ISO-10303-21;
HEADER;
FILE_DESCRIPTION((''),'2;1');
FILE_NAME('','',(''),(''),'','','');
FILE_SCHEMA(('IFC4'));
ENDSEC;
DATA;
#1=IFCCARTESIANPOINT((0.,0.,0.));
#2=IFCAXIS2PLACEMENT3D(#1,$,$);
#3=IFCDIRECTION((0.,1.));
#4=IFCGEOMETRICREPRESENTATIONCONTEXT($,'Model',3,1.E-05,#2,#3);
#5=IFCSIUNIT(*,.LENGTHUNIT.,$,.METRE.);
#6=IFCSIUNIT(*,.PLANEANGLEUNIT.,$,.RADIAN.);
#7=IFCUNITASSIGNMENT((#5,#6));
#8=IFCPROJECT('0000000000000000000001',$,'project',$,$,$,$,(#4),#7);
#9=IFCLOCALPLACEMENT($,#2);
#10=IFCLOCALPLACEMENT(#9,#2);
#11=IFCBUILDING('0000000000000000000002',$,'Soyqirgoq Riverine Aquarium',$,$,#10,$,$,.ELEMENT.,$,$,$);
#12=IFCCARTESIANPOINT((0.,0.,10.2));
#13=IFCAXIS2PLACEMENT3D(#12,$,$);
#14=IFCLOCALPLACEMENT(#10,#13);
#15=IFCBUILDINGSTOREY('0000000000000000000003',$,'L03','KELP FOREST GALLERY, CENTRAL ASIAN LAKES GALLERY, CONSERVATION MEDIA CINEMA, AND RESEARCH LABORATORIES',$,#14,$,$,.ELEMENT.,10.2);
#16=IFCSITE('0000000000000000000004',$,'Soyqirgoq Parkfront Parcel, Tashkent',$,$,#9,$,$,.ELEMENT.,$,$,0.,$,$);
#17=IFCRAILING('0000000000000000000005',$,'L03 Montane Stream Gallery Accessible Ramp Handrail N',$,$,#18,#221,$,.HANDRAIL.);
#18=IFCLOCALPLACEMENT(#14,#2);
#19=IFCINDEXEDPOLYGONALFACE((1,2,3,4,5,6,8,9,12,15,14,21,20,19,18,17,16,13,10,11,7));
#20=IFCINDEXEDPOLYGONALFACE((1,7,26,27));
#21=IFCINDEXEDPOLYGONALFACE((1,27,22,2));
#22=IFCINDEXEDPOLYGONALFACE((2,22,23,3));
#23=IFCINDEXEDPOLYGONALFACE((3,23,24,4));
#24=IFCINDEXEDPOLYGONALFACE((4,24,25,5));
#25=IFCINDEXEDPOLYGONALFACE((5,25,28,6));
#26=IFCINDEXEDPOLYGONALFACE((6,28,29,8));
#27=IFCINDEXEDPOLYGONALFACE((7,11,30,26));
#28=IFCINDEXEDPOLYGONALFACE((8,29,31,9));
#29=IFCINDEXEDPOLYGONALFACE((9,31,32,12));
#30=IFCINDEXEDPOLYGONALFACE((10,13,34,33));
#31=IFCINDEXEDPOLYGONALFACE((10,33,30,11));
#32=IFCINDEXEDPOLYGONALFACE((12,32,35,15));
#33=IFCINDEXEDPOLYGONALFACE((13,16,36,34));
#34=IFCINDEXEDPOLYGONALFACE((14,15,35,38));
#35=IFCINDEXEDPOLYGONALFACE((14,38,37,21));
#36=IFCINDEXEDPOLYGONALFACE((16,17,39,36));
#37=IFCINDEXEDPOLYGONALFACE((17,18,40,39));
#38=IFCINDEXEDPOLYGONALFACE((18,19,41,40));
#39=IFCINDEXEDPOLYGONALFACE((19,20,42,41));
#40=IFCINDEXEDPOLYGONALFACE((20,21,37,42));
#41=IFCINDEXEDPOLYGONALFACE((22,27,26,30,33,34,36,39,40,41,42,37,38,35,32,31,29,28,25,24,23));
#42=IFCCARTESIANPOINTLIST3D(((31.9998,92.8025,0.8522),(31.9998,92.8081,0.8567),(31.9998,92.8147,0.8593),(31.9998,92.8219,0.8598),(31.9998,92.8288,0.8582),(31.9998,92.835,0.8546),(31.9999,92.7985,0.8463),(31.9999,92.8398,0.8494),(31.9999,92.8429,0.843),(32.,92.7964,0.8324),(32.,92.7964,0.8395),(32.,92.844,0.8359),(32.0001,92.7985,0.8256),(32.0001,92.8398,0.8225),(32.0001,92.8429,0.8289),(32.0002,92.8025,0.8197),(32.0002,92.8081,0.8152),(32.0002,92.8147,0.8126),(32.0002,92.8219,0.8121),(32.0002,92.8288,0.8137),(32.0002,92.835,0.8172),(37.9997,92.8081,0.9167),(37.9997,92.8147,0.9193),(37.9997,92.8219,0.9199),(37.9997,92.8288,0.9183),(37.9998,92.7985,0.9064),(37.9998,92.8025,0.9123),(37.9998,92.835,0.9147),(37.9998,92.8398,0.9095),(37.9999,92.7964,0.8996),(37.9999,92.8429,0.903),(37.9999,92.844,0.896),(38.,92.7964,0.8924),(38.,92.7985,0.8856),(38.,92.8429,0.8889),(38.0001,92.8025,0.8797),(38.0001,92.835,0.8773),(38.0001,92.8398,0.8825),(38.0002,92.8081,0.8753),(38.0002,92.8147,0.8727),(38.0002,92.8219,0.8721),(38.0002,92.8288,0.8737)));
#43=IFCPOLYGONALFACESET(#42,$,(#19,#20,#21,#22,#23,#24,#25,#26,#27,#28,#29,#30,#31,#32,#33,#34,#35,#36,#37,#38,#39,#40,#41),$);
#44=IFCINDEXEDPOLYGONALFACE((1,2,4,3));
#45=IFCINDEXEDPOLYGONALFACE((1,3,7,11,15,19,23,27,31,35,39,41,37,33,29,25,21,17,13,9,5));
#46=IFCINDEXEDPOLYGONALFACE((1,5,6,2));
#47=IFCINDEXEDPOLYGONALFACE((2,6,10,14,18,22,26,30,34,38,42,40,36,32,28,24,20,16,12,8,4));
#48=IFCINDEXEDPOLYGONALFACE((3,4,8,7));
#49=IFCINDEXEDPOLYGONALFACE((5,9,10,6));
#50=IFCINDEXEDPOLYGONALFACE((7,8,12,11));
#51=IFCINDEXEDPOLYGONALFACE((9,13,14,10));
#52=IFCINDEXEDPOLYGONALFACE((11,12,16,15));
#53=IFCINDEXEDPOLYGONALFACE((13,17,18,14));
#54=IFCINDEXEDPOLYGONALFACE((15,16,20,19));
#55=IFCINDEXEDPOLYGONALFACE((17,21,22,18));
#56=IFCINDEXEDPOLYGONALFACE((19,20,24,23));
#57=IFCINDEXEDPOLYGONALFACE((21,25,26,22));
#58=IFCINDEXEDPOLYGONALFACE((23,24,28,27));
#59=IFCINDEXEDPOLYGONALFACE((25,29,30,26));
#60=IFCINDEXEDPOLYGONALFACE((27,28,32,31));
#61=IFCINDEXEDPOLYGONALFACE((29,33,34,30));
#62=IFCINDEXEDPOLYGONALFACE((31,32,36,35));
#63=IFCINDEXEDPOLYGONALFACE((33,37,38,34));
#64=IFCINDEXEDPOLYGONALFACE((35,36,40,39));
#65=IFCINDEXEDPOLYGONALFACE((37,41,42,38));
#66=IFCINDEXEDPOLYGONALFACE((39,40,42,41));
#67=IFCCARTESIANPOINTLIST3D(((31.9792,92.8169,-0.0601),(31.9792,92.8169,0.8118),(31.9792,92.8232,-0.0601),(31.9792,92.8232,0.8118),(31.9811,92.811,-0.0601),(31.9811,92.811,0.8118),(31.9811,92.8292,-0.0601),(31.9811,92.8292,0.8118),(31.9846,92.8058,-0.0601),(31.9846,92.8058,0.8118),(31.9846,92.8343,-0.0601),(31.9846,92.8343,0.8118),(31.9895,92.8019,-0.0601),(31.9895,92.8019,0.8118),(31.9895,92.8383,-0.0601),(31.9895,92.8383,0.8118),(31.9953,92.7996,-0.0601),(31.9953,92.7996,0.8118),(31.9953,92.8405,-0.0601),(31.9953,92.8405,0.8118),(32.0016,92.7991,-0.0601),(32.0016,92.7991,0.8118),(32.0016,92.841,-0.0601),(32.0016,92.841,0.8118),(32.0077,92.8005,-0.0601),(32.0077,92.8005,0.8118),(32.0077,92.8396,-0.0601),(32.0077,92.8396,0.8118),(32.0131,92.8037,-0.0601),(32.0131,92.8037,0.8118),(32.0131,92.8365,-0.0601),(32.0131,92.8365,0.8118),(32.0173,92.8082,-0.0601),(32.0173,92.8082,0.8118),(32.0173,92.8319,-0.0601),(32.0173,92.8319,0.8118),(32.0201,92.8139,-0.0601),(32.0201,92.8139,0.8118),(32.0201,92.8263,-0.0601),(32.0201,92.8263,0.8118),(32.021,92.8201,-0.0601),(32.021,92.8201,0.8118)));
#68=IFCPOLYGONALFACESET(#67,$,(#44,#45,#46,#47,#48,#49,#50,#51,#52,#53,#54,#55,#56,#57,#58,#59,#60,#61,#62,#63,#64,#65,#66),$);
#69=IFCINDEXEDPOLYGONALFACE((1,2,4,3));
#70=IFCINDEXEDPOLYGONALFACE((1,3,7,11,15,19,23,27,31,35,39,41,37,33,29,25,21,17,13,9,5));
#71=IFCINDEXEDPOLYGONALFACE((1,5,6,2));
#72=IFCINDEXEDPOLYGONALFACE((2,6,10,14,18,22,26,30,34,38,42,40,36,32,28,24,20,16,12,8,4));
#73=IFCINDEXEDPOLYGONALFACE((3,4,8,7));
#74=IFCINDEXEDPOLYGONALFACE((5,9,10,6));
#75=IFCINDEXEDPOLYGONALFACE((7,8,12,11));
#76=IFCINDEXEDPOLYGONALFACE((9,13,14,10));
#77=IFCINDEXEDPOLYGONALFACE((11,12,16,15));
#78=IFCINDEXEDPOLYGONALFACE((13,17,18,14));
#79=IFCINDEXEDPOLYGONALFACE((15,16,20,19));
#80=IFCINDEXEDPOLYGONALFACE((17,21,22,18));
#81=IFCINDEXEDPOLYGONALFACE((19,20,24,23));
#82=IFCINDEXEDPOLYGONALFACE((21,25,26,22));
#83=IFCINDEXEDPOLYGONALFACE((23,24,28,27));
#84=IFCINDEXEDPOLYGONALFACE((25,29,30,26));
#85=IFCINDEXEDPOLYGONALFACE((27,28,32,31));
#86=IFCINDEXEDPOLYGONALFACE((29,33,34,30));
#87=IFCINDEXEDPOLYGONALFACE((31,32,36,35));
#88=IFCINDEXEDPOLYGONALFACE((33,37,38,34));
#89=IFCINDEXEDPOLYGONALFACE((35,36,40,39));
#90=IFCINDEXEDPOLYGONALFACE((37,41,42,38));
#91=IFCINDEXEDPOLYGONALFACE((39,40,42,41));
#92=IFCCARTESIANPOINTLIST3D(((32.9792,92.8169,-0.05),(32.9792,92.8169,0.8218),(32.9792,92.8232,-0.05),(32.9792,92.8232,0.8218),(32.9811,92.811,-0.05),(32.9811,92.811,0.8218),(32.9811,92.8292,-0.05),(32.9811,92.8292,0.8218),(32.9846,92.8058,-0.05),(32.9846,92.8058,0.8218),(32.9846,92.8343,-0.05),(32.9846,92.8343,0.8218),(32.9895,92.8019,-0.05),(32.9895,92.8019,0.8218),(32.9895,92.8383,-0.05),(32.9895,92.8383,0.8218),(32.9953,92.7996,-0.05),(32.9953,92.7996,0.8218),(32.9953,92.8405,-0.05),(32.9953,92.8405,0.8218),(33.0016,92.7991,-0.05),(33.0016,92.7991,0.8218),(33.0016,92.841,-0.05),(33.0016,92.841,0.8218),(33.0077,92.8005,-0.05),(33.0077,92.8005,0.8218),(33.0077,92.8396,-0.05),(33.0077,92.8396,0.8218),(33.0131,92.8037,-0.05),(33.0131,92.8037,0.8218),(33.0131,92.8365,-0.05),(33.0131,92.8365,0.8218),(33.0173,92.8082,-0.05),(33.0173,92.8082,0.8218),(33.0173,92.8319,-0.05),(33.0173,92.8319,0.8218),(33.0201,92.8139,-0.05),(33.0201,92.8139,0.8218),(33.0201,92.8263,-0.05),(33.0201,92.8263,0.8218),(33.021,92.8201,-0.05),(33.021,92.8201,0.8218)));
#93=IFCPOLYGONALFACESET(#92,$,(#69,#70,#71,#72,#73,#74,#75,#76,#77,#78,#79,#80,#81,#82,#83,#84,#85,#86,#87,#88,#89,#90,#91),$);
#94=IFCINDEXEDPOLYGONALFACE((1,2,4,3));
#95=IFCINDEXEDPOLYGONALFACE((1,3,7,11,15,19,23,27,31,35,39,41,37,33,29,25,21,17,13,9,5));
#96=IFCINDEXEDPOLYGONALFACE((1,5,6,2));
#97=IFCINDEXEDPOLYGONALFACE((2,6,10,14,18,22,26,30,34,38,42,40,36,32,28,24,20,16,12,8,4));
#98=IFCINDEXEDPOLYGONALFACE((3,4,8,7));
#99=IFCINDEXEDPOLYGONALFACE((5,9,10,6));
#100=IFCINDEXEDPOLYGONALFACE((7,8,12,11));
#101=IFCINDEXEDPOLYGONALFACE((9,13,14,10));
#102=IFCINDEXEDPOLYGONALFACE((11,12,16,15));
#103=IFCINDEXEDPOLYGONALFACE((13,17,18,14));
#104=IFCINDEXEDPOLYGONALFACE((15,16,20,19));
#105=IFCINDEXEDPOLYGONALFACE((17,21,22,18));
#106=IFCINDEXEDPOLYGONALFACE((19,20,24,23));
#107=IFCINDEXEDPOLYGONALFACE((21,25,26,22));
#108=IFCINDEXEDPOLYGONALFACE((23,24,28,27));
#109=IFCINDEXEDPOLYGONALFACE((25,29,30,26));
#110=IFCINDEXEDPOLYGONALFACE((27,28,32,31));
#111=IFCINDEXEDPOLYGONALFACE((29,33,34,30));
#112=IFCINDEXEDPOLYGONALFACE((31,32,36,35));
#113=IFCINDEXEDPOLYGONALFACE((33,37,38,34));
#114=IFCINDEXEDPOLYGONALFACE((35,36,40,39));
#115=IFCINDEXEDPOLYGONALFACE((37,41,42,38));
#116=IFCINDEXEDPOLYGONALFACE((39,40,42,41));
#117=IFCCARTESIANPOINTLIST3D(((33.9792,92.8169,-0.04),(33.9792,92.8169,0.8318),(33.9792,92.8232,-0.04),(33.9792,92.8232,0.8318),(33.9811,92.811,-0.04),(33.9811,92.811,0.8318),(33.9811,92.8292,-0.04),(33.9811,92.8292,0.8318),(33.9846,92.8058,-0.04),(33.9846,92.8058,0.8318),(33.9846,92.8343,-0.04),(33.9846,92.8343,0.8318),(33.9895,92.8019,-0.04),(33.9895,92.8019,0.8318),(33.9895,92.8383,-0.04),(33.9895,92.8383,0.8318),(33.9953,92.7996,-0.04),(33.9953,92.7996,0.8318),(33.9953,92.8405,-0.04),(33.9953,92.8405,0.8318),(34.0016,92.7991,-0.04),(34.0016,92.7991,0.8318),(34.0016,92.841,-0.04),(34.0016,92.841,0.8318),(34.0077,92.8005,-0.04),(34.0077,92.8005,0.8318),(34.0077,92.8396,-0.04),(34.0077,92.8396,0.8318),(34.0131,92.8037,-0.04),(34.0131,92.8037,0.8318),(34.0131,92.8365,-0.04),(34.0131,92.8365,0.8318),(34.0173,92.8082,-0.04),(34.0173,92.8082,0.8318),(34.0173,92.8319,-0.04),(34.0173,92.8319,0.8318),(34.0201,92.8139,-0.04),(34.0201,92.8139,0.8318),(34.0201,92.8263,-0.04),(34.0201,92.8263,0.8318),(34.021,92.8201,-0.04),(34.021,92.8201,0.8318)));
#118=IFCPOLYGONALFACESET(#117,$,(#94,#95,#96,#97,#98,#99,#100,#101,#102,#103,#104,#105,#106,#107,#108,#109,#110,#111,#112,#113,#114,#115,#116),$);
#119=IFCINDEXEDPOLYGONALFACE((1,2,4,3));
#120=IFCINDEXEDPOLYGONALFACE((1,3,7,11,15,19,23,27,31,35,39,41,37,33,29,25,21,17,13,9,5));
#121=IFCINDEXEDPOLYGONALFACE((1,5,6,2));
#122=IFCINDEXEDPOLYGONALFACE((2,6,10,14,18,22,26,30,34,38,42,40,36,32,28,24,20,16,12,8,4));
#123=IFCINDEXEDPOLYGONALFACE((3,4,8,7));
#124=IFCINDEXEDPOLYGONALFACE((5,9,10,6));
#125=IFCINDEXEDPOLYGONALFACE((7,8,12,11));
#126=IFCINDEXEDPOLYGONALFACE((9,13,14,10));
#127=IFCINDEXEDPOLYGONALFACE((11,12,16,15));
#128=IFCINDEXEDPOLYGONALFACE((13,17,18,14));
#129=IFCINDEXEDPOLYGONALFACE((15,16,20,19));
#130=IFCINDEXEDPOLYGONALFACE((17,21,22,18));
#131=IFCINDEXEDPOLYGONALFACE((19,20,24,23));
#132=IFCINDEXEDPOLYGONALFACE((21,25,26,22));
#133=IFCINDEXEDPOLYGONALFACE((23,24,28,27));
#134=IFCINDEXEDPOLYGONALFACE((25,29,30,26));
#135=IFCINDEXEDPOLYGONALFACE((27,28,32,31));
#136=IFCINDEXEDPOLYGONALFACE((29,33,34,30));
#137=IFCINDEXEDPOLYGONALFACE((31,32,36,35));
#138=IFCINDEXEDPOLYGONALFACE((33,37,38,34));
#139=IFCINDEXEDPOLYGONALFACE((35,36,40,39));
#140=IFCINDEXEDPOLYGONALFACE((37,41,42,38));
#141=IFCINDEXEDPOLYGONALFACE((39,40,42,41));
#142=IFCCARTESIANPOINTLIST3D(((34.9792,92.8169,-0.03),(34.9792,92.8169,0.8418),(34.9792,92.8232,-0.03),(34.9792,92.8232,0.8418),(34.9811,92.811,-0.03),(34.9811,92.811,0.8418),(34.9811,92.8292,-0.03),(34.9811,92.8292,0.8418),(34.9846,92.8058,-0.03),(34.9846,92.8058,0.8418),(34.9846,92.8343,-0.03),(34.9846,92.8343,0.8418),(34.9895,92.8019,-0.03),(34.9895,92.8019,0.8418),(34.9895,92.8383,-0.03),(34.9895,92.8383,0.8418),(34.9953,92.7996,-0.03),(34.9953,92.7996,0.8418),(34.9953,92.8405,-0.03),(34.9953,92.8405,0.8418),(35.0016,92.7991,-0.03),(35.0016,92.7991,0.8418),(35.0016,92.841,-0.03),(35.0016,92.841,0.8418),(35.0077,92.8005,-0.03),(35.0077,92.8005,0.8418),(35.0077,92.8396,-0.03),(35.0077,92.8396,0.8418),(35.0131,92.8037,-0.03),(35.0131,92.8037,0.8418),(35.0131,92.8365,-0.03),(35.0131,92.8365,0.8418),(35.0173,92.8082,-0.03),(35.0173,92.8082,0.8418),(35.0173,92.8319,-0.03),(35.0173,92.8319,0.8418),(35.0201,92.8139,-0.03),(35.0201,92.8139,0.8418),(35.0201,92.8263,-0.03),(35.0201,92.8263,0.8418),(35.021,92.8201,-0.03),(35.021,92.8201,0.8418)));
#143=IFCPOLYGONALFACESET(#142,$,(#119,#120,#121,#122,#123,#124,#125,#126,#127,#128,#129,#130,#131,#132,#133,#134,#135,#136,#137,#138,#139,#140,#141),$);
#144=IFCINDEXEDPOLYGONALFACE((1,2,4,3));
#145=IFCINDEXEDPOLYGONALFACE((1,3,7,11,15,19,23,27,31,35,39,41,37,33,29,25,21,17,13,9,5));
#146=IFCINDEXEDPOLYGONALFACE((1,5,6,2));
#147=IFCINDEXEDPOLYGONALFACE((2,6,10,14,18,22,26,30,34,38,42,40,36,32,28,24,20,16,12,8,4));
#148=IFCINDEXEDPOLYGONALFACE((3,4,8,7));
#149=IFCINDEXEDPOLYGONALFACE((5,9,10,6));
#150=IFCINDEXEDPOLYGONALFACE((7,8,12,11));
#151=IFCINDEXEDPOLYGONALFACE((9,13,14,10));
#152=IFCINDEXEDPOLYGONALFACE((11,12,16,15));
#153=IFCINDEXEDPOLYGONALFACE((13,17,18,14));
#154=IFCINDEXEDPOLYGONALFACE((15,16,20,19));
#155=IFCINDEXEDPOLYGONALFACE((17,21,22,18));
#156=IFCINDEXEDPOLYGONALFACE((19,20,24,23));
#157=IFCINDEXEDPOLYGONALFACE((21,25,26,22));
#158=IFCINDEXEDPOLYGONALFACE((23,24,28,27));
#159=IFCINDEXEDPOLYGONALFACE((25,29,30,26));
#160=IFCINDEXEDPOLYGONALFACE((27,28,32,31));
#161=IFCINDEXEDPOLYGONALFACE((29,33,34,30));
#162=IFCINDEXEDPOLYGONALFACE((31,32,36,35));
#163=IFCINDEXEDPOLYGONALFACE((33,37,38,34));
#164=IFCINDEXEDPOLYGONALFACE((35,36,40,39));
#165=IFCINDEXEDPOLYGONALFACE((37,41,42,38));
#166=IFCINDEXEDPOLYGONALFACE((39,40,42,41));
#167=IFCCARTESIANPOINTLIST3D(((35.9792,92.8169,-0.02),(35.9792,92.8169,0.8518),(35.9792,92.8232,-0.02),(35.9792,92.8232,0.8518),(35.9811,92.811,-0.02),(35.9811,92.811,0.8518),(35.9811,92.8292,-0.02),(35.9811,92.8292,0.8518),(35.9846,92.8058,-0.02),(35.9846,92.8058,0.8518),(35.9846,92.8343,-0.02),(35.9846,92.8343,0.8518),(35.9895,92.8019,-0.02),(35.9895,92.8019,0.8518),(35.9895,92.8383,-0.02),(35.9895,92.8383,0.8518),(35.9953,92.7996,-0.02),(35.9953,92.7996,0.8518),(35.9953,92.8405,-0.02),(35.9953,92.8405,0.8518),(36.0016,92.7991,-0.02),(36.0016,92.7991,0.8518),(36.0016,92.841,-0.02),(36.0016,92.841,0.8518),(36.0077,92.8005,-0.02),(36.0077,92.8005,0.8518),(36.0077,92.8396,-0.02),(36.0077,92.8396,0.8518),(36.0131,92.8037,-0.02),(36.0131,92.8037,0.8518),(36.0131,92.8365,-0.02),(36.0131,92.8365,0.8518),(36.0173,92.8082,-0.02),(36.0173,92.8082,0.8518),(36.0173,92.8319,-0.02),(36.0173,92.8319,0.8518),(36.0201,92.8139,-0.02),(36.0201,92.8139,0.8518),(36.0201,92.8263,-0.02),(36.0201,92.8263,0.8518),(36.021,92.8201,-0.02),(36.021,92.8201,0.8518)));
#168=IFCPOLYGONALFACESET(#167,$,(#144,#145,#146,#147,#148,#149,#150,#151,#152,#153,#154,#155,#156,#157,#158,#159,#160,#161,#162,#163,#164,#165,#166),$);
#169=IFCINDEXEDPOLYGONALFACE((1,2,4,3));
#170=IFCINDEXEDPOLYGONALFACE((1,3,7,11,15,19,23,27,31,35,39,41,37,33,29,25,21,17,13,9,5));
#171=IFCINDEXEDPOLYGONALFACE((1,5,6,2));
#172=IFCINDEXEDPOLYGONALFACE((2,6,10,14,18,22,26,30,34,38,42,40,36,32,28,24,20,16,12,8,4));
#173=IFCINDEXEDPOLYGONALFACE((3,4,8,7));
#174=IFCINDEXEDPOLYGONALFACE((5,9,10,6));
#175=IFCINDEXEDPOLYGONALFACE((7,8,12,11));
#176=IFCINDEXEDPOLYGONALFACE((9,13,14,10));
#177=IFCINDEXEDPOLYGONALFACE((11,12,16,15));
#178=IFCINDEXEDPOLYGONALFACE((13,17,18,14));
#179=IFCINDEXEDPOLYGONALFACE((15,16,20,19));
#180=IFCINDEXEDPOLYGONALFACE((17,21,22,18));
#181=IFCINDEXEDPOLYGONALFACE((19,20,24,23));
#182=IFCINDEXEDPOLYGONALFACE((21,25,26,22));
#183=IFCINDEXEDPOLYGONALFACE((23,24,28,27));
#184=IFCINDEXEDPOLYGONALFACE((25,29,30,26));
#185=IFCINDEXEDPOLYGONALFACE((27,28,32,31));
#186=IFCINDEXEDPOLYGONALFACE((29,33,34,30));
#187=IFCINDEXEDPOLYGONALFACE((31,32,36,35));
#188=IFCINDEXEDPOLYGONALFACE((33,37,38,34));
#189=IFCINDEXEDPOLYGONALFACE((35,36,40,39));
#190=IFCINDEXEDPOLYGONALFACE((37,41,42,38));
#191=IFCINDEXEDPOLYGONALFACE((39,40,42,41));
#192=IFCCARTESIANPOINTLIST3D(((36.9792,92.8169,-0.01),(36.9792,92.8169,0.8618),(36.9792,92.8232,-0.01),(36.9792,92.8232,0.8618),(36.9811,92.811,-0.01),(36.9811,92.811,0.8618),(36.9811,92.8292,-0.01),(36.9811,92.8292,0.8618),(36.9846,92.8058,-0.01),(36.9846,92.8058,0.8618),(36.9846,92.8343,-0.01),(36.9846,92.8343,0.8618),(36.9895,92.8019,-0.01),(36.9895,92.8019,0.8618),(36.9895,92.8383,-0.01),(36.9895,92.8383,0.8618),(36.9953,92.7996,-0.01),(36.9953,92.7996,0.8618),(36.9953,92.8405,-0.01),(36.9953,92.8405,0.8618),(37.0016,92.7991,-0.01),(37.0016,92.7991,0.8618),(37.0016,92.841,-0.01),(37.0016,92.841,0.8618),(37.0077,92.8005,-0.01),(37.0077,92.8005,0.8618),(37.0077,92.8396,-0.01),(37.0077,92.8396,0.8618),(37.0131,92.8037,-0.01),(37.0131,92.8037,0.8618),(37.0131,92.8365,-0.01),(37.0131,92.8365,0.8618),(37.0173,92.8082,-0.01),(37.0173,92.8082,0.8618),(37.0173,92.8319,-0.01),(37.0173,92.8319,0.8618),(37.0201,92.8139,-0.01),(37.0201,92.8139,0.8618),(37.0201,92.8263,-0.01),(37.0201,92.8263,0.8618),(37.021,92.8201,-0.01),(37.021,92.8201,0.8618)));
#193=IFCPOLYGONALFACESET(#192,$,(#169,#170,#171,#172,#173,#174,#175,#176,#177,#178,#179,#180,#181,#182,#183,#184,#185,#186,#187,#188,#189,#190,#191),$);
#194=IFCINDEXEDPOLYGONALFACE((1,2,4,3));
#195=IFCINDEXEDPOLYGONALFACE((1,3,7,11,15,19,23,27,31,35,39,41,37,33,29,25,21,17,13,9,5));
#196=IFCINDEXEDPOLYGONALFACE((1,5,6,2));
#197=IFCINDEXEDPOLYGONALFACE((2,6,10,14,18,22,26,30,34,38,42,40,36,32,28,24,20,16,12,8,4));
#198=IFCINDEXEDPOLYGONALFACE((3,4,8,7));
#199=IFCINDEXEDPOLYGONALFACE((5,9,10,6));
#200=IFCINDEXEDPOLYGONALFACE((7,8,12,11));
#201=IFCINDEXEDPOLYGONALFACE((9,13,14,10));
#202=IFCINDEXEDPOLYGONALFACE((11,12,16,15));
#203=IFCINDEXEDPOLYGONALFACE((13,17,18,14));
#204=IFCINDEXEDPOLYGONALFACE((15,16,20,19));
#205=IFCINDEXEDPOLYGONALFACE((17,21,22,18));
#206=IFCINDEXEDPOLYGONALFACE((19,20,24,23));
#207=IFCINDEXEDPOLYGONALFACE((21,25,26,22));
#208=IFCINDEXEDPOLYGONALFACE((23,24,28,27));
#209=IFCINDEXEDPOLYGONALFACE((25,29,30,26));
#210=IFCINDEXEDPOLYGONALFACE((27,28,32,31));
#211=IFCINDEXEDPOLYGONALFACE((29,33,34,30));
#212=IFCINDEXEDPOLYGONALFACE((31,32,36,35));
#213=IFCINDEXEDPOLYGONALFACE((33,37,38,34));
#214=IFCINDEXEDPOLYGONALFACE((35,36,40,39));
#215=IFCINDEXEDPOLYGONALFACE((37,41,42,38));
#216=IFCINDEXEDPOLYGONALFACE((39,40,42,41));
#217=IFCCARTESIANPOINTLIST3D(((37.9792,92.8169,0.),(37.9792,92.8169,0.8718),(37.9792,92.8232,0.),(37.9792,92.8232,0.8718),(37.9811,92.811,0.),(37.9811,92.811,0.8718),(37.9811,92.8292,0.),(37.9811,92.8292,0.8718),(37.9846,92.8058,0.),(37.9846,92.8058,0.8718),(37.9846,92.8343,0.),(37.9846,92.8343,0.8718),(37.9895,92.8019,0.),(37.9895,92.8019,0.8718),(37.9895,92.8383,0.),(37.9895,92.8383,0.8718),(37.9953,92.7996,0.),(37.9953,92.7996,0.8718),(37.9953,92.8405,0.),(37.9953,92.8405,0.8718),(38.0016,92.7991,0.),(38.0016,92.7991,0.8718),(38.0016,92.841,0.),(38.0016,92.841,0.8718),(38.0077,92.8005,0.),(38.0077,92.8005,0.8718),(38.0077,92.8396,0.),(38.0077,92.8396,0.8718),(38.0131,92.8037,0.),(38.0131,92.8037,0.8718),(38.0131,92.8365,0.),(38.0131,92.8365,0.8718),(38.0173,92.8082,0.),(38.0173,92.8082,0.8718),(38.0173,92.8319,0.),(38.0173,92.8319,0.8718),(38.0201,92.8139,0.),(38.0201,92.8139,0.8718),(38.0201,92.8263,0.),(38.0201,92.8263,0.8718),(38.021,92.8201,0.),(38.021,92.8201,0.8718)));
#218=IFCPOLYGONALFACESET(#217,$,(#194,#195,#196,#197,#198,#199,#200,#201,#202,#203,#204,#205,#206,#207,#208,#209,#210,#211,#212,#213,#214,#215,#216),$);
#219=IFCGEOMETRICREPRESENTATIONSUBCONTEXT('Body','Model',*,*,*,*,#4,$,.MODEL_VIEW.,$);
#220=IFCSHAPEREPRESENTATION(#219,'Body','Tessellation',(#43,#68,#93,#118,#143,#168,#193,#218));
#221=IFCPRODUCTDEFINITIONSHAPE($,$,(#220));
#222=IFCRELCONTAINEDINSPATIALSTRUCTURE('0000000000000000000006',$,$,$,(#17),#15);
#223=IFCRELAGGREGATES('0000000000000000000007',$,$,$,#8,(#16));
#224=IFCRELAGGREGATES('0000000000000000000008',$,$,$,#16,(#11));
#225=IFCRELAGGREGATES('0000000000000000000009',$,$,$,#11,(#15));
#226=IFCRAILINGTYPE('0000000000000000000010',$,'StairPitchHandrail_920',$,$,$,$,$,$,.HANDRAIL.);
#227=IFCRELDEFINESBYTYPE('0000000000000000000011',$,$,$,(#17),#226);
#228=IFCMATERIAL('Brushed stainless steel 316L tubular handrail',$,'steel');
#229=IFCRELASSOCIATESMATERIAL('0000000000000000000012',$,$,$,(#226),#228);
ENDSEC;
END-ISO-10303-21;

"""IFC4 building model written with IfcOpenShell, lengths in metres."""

from ifc_helpers import new_model, si_unit, direction, frame, origin, origin_2d, place, context, subcontext, project, spatial, circle, extrude, material, type_object, element, save


model = new_model("IFC4")

# Units and contexts
model_context = context("Model", 3, precision=1e-05, world=origin(), true_north=direction((0.0, 1.0)))
body_context = subcontext(model_context, "Body", "Model", "MODEL_VIEW")
ifc_project = project(units=[si_unit("LENGTHUNIT", "METRE"), si_unit("PLANEANGLEUNIT", "RADIAN")], contexts=[model_context])

# Site, building, storey
site_placement = place(None, origin())
site = spatial("IfcSite", under=ifc_project, at=site_placement, Name="Soyqirgoq Parkfront Parcel, Tashkent", CompositionType="ELEMENT", RefElevation=0.0)
building_placement = place(site_placement, origin())
building = spatial("IfcBuilding", under=site, at=building_placement, Name="Soyqirgoq Riverine Aquarium", CompositionType="ELEMENT")
storey_placement = place(building_placement, frame((0.0, 0.0, 10.2)))
storey = spatial("IfcBuildingStorey", under=building, at=storey_placement, Name="L03", Description="KELP FOREST GALLERY, CENTRAL ASIAN LAKES GALLERY, CONSERVATION MEDIA CINEMA, AND RESEARCH LABORATORIES", CompositionType="ELEMENT", Elevation=10.2)

# Railing
ifc_material_1 = material(Name="Brushed stainless steel 316L tubular handrail", Category="steel")
railing_type = type_object("IfcRailingType", Name="StairPitchHandrail_920", PredefinedType="HANDRAIL", material=ifc_material_1)
railing_placement = place(storey_placement, frame((32.0, 92.8201, -0.0601)))
element("IfcRailing", 1, at=railing_placement, inside=storey, type_object=railing_type, Name="L03 Montane Stream Gallery Accessible Ramp Handrail N", PredefinedType="HANDRAIL", context=body_context, shape_type="SweptSolid", body=[
    extrude(circle(Radius=0.0239, at=origin_2d()), frame((0.0, 0.0, 0.896), z_axis=(0.99995, 0.0, 0.010009), x_axis=(0.0, 1.0, 0.0)), (0.0, 0.0, 1.0), 6.0002),
    extrude(circle(Radius=0.021, at=origin_2d()), origin(), (0.0, 0.0, 1.0), 0.8718),
    extrude(circle(Radius=0.021, at=origin_2d()), frame((1.0, 0.0, 0.01)), (0.0, 0.0, 1.0), 0.8718),
    extrude(circle(Radius=0.021, at=origin_2d()), frame((2.0, 0.0, 0.02)), (0.0, 0.0, 1.0), 0.8718),
    extrude(circle(Radius=0.021, at=origin_2d()), frame((3.0, 0.0, 0.03)), (0.0, 0.0, 1.0), 0.8718),
    extrude(circle(Radius=0.021, at=origin_2d()), frame((4.0, 0.0, 0.04)), (0.0, 0.0, 1.0), 0.8718),
    extrude(circle(Radius=0.021, at=origin_2d()), frame((5.0, 0.0, 0.05)), (0.0, 0.0, 1.0), 0.8718),
    extrude(circle(Radius=0.021, at=origin_2d()), frame((6.0, 0.0, 0.0601)), (0.0, 0.0, 1.0), 0.8718),
])

save(model, "model.ifc")
